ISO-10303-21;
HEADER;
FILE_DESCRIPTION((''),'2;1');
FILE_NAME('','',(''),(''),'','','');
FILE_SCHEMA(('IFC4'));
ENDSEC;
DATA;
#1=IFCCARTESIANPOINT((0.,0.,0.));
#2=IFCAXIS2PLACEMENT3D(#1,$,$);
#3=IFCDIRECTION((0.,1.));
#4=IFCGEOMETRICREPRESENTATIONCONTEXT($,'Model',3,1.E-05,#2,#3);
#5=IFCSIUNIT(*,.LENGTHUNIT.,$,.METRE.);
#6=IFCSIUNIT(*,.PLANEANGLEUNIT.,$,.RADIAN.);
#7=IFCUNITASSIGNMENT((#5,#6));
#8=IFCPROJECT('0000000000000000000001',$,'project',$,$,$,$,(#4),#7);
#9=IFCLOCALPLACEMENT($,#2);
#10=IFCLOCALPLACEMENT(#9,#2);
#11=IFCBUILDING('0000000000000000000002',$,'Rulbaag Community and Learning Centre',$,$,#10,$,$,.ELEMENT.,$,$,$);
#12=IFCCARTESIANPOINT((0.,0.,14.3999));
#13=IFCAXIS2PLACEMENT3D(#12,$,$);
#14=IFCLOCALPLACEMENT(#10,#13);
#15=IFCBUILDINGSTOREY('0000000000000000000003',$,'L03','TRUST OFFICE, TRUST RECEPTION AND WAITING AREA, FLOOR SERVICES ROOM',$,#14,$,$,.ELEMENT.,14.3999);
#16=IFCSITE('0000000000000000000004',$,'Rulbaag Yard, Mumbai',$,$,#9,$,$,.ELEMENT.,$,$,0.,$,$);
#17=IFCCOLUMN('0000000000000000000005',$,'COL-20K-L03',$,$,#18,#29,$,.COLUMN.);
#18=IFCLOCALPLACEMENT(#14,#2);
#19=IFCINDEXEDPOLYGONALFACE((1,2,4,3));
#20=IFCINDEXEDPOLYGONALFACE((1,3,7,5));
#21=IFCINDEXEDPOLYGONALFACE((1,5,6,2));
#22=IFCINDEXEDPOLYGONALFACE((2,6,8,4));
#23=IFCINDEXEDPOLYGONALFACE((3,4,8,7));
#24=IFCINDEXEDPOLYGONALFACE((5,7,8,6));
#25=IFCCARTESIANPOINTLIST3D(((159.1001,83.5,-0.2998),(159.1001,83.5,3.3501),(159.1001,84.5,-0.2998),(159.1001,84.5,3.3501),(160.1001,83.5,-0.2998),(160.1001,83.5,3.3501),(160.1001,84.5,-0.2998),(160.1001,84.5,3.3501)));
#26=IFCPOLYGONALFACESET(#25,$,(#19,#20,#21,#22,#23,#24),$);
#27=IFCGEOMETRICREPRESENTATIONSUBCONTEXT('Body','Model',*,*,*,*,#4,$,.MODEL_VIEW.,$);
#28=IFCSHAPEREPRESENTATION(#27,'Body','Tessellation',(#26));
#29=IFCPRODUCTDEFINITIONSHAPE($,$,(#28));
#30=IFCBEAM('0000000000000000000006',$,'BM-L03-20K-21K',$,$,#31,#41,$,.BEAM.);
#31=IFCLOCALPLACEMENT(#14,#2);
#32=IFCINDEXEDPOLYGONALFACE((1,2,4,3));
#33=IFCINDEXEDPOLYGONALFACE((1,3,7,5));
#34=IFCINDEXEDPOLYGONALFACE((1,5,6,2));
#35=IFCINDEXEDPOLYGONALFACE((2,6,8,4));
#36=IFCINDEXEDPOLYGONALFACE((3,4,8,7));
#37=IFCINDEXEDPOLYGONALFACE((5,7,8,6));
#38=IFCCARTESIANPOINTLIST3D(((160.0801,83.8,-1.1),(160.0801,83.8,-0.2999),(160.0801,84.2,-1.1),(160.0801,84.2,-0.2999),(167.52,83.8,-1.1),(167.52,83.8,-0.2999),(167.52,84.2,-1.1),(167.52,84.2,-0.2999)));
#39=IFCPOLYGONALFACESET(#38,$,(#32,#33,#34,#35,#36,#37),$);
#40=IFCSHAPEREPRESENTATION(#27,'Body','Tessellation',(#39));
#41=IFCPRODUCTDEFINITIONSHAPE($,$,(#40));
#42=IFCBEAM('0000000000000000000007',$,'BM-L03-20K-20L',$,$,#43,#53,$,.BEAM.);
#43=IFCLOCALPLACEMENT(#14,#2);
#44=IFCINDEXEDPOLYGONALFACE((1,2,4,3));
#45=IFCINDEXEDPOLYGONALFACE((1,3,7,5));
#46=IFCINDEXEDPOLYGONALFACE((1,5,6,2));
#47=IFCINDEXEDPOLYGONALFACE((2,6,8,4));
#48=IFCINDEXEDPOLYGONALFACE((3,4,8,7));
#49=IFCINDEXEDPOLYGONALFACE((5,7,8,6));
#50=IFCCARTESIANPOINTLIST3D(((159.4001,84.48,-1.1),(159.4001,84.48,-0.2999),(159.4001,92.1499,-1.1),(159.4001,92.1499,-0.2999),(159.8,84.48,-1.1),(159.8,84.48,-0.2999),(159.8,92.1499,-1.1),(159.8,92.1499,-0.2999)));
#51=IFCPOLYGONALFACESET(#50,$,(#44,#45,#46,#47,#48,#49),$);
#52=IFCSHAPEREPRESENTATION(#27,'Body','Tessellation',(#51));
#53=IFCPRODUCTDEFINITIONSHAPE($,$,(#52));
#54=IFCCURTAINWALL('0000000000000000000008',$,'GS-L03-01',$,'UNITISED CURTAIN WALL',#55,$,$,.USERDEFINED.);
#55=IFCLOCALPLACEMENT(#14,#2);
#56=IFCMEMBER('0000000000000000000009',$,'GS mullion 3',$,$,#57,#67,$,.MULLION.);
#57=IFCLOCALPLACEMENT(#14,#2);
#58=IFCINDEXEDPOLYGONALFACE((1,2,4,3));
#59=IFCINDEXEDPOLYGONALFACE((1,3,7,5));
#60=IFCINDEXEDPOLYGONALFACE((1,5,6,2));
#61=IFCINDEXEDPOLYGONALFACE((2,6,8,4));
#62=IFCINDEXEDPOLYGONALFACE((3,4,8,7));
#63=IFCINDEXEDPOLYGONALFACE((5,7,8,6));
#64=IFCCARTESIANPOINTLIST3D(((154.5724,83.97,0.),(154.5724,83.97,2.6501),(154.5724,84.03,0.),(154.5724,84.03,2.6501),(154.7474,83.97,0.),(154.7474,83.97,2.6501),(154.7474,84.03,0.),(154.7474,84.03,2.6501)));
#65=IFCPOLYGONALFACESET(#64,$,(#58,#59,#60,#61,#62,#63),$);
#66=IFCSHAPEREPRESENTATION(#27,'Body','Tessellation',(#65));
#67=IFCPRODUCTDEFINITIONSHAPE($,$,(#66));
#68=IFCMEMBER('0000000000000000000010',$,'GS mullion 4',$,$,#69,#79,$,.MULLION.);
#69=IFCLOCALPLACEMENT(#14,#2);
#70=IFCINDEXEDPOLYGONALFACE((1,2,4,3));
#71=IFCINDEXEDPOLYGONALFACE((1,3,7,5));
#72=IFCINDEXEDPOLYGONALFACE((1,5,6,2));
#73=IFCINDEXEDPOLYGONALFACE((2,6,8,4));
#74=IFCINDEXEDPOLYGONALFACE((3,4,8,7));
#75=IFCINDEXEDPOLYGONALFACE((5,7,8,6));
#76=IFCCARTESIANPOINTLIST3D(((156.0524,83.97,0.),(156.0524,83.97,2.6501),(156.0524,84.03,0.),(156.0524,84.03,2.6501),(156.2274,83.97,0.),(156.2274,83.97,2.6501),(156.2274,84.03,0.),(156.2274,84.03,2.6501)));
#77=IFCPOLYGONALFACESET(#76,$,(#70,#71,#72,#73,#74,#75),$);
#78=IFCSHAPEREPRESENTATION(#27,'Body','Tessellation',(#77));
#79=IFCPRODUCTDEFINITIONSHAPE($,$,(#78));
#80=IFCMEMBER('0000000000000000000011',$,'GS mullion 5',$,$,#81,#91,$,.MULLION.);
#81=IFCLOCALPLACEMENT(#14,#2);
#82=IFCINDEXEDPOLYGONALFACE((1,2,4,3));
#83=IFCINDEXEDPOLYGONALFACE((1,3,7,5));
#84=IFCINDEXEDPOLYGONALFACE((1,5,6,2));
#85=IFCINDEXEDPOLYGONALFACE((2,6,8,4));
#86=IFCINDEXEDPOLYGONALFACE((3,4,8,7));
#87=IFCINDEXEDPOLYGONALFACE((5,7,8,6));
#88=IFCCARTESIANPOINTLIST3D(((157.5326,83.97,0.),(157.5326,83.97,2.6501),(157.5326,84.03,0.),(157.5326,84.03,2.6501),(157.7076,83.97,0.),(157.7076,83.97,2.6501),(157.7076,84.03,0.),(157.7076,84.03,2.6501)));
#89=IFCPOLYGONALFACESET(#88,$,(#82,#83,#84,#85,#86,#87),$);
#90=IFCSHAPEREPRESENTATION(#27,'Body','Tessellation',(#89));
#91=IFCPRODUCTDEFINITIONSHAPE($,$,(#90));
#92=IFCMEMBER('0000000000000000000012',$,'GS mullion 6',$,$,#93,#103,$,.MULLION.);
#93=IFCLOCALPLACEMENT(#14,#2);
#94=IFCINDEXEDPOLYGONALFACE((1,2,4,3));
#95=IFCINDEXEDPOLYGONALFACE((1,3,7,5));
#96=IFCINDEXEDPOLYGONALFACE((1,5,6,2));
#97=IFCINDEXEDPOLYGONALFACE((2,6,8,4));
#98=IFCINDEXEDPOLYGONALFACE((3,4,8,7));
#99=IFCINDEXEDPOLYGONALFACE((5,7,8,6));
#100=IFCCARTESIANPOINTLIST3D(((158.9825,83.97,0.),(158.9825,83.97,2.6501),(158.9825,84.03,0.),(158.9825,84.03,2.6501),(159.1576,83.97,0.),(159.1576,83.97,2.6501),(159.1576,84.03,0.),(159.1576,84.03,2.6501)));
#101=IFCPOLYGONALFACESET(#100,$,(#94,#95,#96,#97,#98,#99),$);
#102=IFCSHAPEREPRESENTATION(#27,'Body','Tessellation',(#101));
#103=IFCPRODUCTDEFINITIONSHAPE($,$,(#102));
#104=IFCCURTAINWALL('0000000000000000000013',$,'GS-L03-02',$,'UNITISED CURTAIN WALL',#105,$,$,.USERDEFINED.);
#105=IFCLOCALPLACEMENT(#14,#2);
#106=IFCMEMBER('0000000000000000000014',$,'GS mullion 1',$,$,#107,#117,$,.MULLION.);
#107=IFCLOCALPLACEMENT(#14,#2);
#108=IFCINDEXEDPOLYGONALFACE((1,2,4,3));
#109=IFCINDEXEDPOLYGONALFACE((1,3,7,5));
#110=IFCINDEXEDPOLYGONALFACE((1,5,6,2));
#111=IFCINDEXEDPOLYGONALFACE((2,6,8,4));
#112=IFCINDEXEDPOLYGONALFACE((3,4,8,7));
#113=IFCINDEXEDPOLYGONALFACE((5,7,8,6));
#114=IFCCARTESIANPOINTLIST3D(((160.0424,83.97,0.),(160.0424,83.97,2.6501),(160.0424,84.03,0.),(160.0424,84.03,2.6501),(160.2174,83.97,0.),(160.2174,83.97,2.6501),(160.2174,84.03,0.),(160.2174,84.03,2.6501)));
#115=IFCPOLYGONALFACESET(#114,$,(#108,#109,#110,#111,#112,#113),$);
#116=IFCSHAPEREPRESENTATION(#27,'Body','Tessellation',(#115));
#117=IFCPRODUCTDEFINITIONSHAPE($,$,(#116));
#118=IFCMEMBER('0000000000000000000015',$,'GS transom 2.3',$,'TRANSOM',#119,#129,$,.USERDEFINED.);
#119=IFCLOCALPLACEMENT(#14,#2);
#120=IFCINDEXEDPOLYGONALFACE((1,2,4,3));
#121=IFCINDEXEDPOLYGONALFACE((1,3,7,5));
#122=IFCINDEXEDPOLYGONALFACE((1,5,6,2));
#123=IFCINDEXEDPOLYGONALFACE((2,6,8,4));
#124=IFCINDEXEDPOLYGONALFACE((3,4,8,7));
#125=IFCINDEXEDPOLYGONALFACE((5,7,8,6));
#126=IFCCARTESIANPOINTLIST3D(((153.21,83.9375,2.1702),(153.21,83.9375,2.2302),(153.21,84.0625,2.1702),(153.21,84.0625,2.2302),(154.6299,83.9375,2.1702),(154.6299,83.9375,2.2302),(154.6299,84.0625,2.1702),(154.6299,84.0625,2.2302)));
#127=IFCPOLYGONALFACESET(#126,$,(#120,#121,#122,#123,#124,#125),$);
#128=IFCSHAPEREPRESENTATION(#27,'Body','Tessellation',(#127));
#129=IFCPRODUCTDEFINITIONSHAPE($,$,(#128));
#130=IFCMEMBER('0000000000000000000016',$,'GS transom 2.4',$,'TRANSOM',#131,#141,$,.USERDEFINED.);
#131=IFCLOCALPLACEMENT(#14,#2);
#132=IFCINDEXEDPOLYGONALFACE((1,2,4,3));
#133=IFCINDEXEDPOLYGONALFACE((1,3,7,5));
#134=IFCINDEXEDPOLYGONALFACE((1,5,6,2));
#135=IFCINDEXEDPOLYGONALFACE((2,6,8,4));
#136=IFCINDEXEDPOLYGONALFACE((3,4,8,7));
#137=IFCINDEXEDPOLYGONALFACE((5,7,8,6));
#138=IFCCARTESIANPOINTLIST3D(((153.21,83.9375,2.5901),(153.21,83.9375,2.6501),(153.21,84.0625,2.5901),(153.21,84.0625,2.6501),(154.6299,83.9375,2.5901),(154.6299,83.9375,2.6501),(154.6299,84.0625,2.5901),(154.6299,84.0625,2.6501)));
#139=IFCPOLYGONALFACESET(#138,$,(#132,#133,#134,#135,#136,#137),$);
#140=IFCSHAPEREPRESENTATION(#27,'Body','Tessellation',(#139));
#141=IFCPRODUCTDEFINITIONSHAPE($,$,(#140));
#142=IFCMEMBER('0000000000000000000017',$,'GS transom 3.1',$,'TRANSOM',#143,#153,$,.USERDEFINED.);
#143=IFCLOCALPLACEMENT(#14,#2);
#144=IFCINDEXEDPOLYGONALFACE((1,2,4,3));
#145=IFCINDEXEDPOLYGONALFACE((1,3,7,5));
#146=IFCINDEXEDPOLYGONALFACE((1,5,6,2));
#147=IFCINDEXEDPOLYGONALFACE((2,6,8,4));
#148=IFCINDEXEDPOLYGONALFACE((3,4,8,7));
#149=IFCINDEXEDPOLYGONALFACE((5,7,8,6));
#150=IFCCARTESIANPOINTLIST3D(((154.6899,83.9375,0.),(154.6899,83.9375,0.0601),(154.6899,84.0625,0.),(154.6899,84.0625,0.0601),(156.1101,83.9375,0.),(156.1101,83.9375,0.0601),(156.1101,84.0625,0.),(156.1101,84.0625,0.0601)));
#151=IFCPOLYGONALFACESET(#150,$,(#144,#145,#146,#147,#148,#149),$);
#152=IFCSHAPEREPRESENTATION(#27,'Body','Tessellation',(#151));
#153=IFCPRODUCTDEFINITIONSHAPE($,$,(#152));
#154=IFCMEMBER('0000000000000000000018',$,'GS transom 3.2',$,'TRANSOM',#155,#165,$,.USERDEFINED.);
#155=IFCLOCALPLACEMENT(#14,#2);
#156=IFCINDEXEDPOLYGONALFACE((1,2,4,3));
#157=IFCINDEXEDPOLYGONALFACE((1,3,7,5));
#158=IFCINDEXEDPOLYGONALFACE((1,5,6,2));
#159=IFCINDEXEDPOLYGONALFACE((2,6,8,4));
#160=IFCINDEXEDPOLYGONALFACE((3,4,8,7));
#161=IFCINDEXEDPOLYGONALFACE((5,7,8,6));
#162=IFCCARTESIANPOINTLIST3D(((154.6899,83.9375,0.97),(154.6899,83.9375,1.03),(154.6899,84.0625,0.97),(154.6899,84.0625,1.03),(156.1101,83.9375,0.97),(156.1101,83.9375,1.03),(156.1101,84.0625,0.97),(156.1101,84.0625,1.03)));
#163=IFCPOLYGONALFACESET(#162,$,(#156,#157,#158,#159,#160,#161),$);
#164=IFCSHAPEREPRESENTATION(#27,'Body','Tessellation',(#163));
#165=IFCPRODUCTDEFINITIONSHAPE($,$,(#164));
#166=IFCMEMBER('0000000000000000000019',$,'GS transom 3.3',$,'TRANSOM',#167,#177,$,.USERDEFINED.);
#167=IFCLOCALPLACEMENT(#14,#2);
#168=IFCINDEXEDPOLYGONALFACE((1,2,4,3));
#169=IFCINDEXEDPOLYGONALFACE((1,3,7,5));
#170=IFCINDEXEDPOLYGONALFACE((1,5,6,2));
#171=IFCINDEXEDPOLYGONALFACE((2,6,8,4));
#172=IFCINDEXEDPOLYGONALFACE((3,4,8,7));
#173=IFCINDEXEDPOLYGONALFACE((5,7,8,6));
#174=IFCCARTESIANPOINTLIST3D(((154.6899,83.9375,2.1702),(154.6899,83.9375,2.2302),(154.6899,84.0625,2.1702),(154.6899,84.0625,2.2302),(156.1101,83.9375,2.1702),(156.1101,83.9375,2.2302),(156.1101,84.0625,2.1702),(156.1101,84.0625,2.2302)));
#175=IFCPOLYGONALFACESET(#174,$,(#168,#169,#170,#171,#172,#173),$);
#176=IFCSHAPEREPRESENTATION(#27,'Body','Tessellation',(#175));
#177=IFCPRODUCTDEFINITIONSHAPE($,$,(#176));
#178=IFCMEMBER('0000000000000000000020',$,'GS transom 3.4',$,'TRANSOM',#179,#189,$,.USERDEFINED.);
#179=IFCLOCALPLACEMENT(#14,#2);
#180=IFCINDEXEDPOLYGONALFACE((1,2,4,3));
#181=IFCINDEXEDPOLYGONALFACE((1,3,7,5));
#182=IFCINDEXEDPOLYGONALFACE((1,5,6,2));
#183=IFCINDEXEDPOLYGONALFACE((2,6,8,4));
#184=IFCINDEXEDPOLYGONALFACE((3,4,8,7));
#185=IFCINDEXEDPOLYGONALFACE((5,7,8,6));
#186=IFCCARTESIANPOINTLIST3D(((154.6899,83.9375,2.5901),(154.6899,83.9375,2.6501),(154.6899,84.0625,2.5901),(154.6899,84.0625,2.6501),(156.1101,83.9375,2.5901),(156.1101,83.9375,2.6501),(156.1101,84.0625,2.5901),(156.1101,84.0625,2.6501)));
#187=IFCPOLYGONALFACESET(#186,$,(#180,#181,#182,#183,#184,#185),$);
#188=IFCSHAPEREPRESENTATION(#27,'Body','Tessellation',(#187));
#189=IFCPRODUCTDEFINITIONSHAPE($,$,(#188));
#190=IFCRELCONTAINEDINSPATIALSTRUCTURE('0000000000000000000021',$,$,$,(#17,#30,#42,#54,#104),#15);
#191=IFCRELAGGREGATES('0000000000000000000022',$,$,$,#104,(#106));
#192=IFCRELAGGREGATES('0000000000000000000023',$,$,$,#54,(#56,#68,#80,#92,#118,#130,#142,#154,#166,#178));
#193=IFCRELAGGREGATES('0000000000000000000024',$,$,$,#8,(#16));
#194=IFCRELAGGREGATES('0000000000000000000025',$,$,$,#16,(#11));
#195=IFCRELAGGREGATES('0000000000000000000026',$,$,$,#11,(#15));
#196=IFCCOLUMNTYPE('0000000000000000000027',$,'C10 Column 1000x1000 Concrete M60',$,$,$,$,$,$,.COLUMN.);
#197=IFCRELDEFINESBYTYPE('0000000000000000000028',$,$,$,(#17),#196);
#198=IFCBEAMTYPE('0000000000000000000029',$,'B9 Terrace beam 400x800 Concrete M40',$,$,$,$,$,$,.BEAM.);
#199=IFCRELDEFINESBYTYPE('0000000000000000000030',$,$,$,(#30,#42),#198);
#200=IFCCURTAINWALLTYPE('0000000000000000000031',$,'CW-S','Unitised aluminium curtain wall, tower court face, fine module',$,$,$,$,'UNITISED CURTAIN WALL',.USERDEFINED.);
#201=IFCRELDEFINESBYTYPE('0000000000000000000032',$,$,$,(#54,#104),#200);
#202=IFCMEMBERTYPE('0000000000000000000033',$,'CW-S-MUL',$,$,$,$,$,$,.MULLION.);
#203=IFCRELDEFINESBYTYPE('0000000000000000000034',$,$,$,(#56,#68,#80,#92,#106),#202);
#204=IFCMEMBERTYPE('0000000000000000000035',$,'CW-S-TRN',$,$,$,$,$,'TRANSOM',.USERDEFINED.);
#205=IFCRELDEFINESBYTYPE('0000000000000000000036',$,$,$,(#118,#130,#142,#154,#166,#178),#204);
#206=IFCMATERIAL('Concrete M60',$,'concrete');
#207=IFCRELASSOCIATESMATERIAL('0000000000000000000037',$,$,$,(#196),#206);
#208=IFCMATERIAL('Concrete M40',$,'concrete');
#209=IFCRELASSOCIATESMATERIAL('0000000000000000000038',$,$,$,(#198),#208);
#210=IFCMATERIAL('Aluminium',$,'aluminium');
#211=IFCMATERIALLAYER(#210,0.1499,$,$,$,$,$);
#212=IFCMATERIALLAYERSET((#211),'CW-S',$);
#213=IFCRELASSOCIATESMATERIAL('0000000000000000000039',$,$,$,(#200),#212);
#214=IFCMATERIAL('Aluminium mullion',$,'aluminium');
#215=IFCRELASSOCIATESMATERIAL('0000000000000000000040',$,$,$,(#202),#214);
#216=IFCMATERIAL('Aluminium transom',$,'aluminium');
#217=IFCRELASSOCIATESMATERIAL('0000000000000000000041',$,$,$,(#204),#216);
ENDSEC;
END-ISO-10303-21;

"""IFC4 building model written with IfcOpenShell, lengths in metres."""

from ifc_helpers import new_model, si_unit, direction, frame, origin, origin_2d, place, context, subcontext, project, spatial, rectangle, extrude, material, layer, layer_set, material_profile, profile_set, type_object, element, aggregate, save


model = new_model("IFC4")

# Units and contexts
model_context = context("Model", 3, precision=1e-05, world=origin(), true_north=direction((0.0, 1.0)))
body_context = subcontext(model_context, "Body", "Model", "MODEL_VIEW")
ifc_project = project(units=[si_unit("LENGTHUNIT", "METRE"), si_unit("PLANEANGLEUNIT", "RADIAN")], contexts=[model_context])

# Site, building, storey
site_placement = place(None, origin())
site = spatial("IfcSite", under=ifc_project, at=site_placement, Name="Rulbaag Yard, Mumbai", CompositionType="ELEMENT", RefElevation=0.0)
building_placement = place(site_placement, origin())
building = spatial("IfcBuilding", under=site, at=building_placement, Name="Rulbaag Community and Learning Centre", CompositionType="ELEMENT")
storey_placement = place(building_placement, frame((0.0, 0.0, 14.3999)))
storey = spatial("IfcBuildingStorey", under=building, at=storey_placement, Name="L03", Description="TRUST OFFICE, TRUST RECEPTION AND WAITING AREA, FLOOR SERVICES ROOM", CompositionType="ELEMENT", Elevation=14.3999)

# Column
ifc_material_1 = material(Name="Concrete M60", Category="concrete")
ifc_material_profile_1 = material_profile(ifc_material_1, rectangle(XDim=1.0, YDim=1.0, at=origin_2d()), Name="RC1000x1000")
ifc_profile_set_1 = profile_set([ifc_material_profile_1], Name="Concrete M60")
column_type = type_object("IfcColumnType", Name="C10 Column 1000x1000 Concrete M60", PredefinedType="COLUMN", material=ifc_profile_set_1)
column_placement = place(storey_placement, frame((159.6001, 84.0, -0.2998), z_axis=(0.0, 0.0, 1.0), x_axis=(1.0, 0.0, 0.0)))
element("IfcColumn", 1, at=column_placement, inside=storey, type_object=column_type, Name="COL-20K-L03", PredefinedType="COLUMN", context=body_context, shape_type="SweptSolid", body=[
    extrude(rectangle(XDim=1.0, YDim=1.0, at=origin_2d()), origin(), (0.0, 0.0, 1.0), 3.6499),
])

# Beams
ifc_material_2 = material(Name="Concrete M40", Category="concrete")
ifc_material_profile_2 = material_profile(ifc_material_2, rectangle(XDim=0.3999, YDim=0.8, at=origin_2d()), Name="RB400x800")
ifc_profile_set_2 = profile_set([ifc_material_profile_2], Name="Concrete M40")
beam_type = type_object("IfcBeamType", Name="B9 Terrace beam 400x800 Concrete M40", PredefinedType="BEAM", material=ifc_profile_set_2)
beam_1_placement = place(storey_placement, frame((160.0801, 84.0, -0.7), z_axis=(1.0, 0.0, 0.0), x_axis=(0.0, 1.0, 0.0)))
element("IfcBeam", 2, at=beam_1_placement, inside=storey, type_object=beam_type, Name="BM-L03-20K-21K", PredefinedType="BEAM", context=body_context, shape_type="SweptSolid", body=[
    extrude(rectangle(XDim=0.3999, YDim=0.8, at=origin_2d()), origin(), (0.0, 0.0, 1.0), 7.4399),
])
beam_2_placement = place(storey_placement, frame((159.6001, 84.48, -0.7), z_axis=(0.0, 1.0, 0.0), x_axis=(-1.0, 0.0, 0.0)))
element("IfcBeam", 3, at=beam_2_placement, inside=storey, type_object=beam_type, Name="BM-L03-20K-20L", PredefinedType="BEAM", context=body_context, shape_type="SweptSolid", body=[
    extrude(rectangle(XDim=0.3999, YDim=0.8, at=origin_2d()), origin(), (0.0, 0.0, 1.0), 7.6699),
])

# Curtain wall, members
ifc_material_3 = material(Name="Aluminium", Category="aluminium")
ifc_layer_1 = layer(ifc_material_3, 0.1499)
ifc_layer_set_1 = layer_set([ifc_layer_1], Name="CW-S")
curtain_wall_type = type_object("IfcCurtainWallType", Name="CW-S", Description="Unitised aluminium curtain wall, tower court face, fine module", ElementType="UNITISED CURTAIN WALL", PredefinedType="USERDEFINED", material=ifc_layer_set_1)
curtain_wall_1_placement = place(storey_placement, origin())
curtain_wall_1 = element("IfcCurtainWall", 4, at=curtain_wall_1_placement, inside=storey, type_object=curtain_wall_type, Name="GS-L03-01", ObjectType="UNITISED CURTAIN WALL", PredefinedType="USERDEFINED")
ifc_material_4 = material(Name="Aluminium mullion", Category="aluminium")
ifc_material_profile_3 = material_profile(ifc_material_4, rectangle(XDim=0.0601, YDim=0.175, at=origin_2d()), Name="AL 60x175")
ifc_profile_set_3 = profile_set([ifc_material_profile_3], Name="Aluminium mullion")
member_type_1 = type_object("IfcMemberType", Name="CW-S-MUL", PredefinedType="MULLION", material=ifc_profile_set_3)
member_1_placement = place(storey_placement, frame((154.6599, 84.0, 0.0), z_axis=(0.0, 0.0, 1.0), x_axis=(0.0, 1.0, 0.0)))
member_1 = element("IfcMember", 5, at=member_1_placement, type_object=member_type_1, Name="GS mullion 3", PredefinedType="MULLION", context=body_context, shape_type="SweptSolid", body=[
    extrude(rectangle(XDim=0.0601, YDim=0.175, at=origin_2d()), origin(), (0.0, 0.0, 1.0), 2.6501),
])
member_2_placement = place(storey_placement, frame((156.1399, 84.0, 0.0), z_axis=(0.0, 0.0, 1.0), x_axis=(0.0, 1.0, 0.0)))
member_2 = element("IfcMember", 6, at=member_2_placement, type_object=member_type_1, Name="GS mullion 4", PredefinedType="MULLION", context=body_context, shape_type="SweptSolid", body=[
    extrude(rectangle(XDim=0.0601, YDim=0.175, at=origin_2d()), origin(), (0.0, 0.0, 1.0), 2.6501),
])
member_3_placement = place(storey_placement, frame((157.6201, 84.0, 0.0), z_axis=(0.0, 0.0, 1.0), x_axis=(0.0, 1.0, 0.0)))
member_3 = element("IfcMember", 7, at=member_3_placement, type_object=member_type_1, Name="GS mullion 5", PredefinedType="MULLION", context=body_context, shape_type="SweptSolid", body=[
    extrude(rectangle(XDim=0.0601, YDim=0.175, at=origin_2d()), origin(), (0.0, 0.0, 1.0), 2.6501),
])
member_4_placement = place(storey_placement, frame((159.0701, 84.0, 0.0), z_axis=(0.0, 0.0, 1.0), x_axis=(0.0, 1.0, 0.0)))
member_4 = element("IfcMember", 8, at=member_4_placement, type_object=member_type_1, Name="GS mullion 6", PredefinedType="MULLION", context=body_context, shape_type="SweptSolid", body=[
    extrude(rectangle(XDim=0.0601, YDim=0.175, at=origin_2d()), origin(), (0.0, 0.0, 1.0), 2.6501),
])

# Curtain wall, member
curtain_wall_2_placement = place(storey_placement, origin())
curtain_wall_2 = element("IfcCurtainWall", 9, at=curtain_wall_2_placement, inside=storey, type_object=curtain_wall_type, Name="GS-L03-02", ObjectType="UNITISED CURTAIN WALL", PredefinedType="USERDEFINED")
member_5_placement = place(storey_placement, frame((160.1299, 84.0, 0.0), z_axis=(0.0, 0.0, 1.0), x_axis=(0.0, 1.0, 0.0)))
member_5 = element("IfcMember", 10, at=member_5_placement, type_object=member_type_1, Name="GS mullion 1", PredefinedType="MULLION", context=body_context, shape_type="SweptSolid", body=[
    extrude(rectangle(XDim=0.0601, YDim=0.175, at=origin_2d()), origin(), (0.0, 0.0, 1.0), 2.6501),
])

# Members
ifc_material_5 = material(Name="Aluminium transom", Category="aluminium")
ifc_material_profile_4 = material_profile(ifc_material_5, rectangle(XDim=0.125, YDim=0.0601, at=origin_2d()), Name="AL 60x125 T")
ifc_profile_set_4 = profile_set([ifc_material_profile_4], Name="Aluminium transom")
member_type_2 = type_object("IfcMemberType", Name="CW-S-TRN", ElementType="TRANSOM", PredefinedType="USERDEFINED", material=ifc_profile_set_4)
member_6_placement = place(storey_placement, frame((153.21, 84.0, 2.2002), z_axis=(1.0, 0.0, 0.0), x_axis=(0.0, 1.0, 0.0)))
member_6 = element("IfcMember", 11, at=member_6_placement, type_object=member_type_2, Name="GS transom 2.3", ObjectType="TRANSOM", PredefinedType="USERDEFINED", context=body_context, shape_type="SweptSolid", body=[
    extrude(rectangle(XDim=0.125, YDim=0.0601, at=origin_2d()), origin(), (0.0, 0.0, 1.0), 1.4199),
])
member_7_placement = place(storey_placement, frame((153.21, 84.0, 2.6201), z_axis=(1.0, 0.0, 0.0), x_axis=(0.0, 1.0, 0.0)))
member_7 = element("IfcMember", 12, at=member_7_placement, type_object=member_type_2, Name="GS transom 2.4", ObjectType="TRANSOM", PredefinedType="USERDEFINED", context=body_context, shape_type="SweptSolid", body=[
    extrude(rectangle(XDim=0.125, YDim=0.0601, at=origin_2d()), origin(), (0.0, 0.0, 1.0), 1.4199),
])
member_8_placement = place(storey_placement, frame((154.6899, 84.0, 0.03), z_axis=(1.0, 0.0, 0.0), x_axis=(0.0, 1.0, 0.0)))
member_8 = element("IfcMember", 13, at=member_8_placement, type_object=member_type_2, Name="GS transom 3.1", ObjectType="TRANSOM", PredefinedType="USERDEFINED", context=body_context, shape_type="SweptSolid", body=[
    extrude(rectangle(XDim=0.125, YDim=0.0601, at=origin_2d()), origin(), (0.0, 0.0, 1.0), 1.4202),
])
member_9_placement = place(storey_placement, frame((154.6899, 84.0, 1.0), z_axis=(1.0, 0.0, 0.0), x_axis=(0.0, 1.0, 0.0)))
member_9 = element("IfcMember", 14, at=member_9_placement, type_object=member_type_2, Name="GS transom 3.2", ObjectType="TRANSOM", PredefinedType="USERDEFINED", context=body_context, shape_type="SweptSolid", body=[
    extrude(rectangle(XDim=0.125, YDim=0.0601, at=origin_2d()), origin(), (0.0, 0.0, 1.0), 1.4202),
])
member_10_placement = place(storey_placement, frame((154.6899, 84.0, 2.2002), z_axis=(1.0, 0.0, 0.0), x_axis=(0.0, 1.0, 0.0)))
member_10 = element("IfcMember", 15, at=member_10_placement, type_object=member_type_2, Name="GS transom 3.3", ObjectType="TRANSOM", PredefinedType="USERDEFINED", context=body_context, shape_type="SweptSolid", body=[
    extrude(rectangle(XDim=0.125, YDim=0.0601, at=origin_2d()), origin(), (0.0, 0.0, 1.0), 1.4202),
])
member_11_placement = place(storey_placement, frame((154.6899, 84.0, 2.6201), z_axis=(1.0, 0.0, 0.0), x_axis=(0.0, 1.0, 0.0)))
member_11 = element("IfcMember", 16, at=member_11_placement, type_object=member_type_2, Name="GS transom 3.4", ObjectType="TRANSOM", PredefinedType="USERDEFINED", context=body_context, shape_type="SweptSolid", body=[
    extrude(rectangle(XDim=0.125, YDim=0.0601, at=origin_2d()), origin(), (0.0, 0.0, 1.0), 1.4202),
])
aggregate(curtain_wall_2, [member_5])

aggregate(curtain_wall_1, [member_1, member_2, member_3, member_4, member_6, member_7, member_8, member_9, member_10, member_11])

save(model, "model.ifc")
